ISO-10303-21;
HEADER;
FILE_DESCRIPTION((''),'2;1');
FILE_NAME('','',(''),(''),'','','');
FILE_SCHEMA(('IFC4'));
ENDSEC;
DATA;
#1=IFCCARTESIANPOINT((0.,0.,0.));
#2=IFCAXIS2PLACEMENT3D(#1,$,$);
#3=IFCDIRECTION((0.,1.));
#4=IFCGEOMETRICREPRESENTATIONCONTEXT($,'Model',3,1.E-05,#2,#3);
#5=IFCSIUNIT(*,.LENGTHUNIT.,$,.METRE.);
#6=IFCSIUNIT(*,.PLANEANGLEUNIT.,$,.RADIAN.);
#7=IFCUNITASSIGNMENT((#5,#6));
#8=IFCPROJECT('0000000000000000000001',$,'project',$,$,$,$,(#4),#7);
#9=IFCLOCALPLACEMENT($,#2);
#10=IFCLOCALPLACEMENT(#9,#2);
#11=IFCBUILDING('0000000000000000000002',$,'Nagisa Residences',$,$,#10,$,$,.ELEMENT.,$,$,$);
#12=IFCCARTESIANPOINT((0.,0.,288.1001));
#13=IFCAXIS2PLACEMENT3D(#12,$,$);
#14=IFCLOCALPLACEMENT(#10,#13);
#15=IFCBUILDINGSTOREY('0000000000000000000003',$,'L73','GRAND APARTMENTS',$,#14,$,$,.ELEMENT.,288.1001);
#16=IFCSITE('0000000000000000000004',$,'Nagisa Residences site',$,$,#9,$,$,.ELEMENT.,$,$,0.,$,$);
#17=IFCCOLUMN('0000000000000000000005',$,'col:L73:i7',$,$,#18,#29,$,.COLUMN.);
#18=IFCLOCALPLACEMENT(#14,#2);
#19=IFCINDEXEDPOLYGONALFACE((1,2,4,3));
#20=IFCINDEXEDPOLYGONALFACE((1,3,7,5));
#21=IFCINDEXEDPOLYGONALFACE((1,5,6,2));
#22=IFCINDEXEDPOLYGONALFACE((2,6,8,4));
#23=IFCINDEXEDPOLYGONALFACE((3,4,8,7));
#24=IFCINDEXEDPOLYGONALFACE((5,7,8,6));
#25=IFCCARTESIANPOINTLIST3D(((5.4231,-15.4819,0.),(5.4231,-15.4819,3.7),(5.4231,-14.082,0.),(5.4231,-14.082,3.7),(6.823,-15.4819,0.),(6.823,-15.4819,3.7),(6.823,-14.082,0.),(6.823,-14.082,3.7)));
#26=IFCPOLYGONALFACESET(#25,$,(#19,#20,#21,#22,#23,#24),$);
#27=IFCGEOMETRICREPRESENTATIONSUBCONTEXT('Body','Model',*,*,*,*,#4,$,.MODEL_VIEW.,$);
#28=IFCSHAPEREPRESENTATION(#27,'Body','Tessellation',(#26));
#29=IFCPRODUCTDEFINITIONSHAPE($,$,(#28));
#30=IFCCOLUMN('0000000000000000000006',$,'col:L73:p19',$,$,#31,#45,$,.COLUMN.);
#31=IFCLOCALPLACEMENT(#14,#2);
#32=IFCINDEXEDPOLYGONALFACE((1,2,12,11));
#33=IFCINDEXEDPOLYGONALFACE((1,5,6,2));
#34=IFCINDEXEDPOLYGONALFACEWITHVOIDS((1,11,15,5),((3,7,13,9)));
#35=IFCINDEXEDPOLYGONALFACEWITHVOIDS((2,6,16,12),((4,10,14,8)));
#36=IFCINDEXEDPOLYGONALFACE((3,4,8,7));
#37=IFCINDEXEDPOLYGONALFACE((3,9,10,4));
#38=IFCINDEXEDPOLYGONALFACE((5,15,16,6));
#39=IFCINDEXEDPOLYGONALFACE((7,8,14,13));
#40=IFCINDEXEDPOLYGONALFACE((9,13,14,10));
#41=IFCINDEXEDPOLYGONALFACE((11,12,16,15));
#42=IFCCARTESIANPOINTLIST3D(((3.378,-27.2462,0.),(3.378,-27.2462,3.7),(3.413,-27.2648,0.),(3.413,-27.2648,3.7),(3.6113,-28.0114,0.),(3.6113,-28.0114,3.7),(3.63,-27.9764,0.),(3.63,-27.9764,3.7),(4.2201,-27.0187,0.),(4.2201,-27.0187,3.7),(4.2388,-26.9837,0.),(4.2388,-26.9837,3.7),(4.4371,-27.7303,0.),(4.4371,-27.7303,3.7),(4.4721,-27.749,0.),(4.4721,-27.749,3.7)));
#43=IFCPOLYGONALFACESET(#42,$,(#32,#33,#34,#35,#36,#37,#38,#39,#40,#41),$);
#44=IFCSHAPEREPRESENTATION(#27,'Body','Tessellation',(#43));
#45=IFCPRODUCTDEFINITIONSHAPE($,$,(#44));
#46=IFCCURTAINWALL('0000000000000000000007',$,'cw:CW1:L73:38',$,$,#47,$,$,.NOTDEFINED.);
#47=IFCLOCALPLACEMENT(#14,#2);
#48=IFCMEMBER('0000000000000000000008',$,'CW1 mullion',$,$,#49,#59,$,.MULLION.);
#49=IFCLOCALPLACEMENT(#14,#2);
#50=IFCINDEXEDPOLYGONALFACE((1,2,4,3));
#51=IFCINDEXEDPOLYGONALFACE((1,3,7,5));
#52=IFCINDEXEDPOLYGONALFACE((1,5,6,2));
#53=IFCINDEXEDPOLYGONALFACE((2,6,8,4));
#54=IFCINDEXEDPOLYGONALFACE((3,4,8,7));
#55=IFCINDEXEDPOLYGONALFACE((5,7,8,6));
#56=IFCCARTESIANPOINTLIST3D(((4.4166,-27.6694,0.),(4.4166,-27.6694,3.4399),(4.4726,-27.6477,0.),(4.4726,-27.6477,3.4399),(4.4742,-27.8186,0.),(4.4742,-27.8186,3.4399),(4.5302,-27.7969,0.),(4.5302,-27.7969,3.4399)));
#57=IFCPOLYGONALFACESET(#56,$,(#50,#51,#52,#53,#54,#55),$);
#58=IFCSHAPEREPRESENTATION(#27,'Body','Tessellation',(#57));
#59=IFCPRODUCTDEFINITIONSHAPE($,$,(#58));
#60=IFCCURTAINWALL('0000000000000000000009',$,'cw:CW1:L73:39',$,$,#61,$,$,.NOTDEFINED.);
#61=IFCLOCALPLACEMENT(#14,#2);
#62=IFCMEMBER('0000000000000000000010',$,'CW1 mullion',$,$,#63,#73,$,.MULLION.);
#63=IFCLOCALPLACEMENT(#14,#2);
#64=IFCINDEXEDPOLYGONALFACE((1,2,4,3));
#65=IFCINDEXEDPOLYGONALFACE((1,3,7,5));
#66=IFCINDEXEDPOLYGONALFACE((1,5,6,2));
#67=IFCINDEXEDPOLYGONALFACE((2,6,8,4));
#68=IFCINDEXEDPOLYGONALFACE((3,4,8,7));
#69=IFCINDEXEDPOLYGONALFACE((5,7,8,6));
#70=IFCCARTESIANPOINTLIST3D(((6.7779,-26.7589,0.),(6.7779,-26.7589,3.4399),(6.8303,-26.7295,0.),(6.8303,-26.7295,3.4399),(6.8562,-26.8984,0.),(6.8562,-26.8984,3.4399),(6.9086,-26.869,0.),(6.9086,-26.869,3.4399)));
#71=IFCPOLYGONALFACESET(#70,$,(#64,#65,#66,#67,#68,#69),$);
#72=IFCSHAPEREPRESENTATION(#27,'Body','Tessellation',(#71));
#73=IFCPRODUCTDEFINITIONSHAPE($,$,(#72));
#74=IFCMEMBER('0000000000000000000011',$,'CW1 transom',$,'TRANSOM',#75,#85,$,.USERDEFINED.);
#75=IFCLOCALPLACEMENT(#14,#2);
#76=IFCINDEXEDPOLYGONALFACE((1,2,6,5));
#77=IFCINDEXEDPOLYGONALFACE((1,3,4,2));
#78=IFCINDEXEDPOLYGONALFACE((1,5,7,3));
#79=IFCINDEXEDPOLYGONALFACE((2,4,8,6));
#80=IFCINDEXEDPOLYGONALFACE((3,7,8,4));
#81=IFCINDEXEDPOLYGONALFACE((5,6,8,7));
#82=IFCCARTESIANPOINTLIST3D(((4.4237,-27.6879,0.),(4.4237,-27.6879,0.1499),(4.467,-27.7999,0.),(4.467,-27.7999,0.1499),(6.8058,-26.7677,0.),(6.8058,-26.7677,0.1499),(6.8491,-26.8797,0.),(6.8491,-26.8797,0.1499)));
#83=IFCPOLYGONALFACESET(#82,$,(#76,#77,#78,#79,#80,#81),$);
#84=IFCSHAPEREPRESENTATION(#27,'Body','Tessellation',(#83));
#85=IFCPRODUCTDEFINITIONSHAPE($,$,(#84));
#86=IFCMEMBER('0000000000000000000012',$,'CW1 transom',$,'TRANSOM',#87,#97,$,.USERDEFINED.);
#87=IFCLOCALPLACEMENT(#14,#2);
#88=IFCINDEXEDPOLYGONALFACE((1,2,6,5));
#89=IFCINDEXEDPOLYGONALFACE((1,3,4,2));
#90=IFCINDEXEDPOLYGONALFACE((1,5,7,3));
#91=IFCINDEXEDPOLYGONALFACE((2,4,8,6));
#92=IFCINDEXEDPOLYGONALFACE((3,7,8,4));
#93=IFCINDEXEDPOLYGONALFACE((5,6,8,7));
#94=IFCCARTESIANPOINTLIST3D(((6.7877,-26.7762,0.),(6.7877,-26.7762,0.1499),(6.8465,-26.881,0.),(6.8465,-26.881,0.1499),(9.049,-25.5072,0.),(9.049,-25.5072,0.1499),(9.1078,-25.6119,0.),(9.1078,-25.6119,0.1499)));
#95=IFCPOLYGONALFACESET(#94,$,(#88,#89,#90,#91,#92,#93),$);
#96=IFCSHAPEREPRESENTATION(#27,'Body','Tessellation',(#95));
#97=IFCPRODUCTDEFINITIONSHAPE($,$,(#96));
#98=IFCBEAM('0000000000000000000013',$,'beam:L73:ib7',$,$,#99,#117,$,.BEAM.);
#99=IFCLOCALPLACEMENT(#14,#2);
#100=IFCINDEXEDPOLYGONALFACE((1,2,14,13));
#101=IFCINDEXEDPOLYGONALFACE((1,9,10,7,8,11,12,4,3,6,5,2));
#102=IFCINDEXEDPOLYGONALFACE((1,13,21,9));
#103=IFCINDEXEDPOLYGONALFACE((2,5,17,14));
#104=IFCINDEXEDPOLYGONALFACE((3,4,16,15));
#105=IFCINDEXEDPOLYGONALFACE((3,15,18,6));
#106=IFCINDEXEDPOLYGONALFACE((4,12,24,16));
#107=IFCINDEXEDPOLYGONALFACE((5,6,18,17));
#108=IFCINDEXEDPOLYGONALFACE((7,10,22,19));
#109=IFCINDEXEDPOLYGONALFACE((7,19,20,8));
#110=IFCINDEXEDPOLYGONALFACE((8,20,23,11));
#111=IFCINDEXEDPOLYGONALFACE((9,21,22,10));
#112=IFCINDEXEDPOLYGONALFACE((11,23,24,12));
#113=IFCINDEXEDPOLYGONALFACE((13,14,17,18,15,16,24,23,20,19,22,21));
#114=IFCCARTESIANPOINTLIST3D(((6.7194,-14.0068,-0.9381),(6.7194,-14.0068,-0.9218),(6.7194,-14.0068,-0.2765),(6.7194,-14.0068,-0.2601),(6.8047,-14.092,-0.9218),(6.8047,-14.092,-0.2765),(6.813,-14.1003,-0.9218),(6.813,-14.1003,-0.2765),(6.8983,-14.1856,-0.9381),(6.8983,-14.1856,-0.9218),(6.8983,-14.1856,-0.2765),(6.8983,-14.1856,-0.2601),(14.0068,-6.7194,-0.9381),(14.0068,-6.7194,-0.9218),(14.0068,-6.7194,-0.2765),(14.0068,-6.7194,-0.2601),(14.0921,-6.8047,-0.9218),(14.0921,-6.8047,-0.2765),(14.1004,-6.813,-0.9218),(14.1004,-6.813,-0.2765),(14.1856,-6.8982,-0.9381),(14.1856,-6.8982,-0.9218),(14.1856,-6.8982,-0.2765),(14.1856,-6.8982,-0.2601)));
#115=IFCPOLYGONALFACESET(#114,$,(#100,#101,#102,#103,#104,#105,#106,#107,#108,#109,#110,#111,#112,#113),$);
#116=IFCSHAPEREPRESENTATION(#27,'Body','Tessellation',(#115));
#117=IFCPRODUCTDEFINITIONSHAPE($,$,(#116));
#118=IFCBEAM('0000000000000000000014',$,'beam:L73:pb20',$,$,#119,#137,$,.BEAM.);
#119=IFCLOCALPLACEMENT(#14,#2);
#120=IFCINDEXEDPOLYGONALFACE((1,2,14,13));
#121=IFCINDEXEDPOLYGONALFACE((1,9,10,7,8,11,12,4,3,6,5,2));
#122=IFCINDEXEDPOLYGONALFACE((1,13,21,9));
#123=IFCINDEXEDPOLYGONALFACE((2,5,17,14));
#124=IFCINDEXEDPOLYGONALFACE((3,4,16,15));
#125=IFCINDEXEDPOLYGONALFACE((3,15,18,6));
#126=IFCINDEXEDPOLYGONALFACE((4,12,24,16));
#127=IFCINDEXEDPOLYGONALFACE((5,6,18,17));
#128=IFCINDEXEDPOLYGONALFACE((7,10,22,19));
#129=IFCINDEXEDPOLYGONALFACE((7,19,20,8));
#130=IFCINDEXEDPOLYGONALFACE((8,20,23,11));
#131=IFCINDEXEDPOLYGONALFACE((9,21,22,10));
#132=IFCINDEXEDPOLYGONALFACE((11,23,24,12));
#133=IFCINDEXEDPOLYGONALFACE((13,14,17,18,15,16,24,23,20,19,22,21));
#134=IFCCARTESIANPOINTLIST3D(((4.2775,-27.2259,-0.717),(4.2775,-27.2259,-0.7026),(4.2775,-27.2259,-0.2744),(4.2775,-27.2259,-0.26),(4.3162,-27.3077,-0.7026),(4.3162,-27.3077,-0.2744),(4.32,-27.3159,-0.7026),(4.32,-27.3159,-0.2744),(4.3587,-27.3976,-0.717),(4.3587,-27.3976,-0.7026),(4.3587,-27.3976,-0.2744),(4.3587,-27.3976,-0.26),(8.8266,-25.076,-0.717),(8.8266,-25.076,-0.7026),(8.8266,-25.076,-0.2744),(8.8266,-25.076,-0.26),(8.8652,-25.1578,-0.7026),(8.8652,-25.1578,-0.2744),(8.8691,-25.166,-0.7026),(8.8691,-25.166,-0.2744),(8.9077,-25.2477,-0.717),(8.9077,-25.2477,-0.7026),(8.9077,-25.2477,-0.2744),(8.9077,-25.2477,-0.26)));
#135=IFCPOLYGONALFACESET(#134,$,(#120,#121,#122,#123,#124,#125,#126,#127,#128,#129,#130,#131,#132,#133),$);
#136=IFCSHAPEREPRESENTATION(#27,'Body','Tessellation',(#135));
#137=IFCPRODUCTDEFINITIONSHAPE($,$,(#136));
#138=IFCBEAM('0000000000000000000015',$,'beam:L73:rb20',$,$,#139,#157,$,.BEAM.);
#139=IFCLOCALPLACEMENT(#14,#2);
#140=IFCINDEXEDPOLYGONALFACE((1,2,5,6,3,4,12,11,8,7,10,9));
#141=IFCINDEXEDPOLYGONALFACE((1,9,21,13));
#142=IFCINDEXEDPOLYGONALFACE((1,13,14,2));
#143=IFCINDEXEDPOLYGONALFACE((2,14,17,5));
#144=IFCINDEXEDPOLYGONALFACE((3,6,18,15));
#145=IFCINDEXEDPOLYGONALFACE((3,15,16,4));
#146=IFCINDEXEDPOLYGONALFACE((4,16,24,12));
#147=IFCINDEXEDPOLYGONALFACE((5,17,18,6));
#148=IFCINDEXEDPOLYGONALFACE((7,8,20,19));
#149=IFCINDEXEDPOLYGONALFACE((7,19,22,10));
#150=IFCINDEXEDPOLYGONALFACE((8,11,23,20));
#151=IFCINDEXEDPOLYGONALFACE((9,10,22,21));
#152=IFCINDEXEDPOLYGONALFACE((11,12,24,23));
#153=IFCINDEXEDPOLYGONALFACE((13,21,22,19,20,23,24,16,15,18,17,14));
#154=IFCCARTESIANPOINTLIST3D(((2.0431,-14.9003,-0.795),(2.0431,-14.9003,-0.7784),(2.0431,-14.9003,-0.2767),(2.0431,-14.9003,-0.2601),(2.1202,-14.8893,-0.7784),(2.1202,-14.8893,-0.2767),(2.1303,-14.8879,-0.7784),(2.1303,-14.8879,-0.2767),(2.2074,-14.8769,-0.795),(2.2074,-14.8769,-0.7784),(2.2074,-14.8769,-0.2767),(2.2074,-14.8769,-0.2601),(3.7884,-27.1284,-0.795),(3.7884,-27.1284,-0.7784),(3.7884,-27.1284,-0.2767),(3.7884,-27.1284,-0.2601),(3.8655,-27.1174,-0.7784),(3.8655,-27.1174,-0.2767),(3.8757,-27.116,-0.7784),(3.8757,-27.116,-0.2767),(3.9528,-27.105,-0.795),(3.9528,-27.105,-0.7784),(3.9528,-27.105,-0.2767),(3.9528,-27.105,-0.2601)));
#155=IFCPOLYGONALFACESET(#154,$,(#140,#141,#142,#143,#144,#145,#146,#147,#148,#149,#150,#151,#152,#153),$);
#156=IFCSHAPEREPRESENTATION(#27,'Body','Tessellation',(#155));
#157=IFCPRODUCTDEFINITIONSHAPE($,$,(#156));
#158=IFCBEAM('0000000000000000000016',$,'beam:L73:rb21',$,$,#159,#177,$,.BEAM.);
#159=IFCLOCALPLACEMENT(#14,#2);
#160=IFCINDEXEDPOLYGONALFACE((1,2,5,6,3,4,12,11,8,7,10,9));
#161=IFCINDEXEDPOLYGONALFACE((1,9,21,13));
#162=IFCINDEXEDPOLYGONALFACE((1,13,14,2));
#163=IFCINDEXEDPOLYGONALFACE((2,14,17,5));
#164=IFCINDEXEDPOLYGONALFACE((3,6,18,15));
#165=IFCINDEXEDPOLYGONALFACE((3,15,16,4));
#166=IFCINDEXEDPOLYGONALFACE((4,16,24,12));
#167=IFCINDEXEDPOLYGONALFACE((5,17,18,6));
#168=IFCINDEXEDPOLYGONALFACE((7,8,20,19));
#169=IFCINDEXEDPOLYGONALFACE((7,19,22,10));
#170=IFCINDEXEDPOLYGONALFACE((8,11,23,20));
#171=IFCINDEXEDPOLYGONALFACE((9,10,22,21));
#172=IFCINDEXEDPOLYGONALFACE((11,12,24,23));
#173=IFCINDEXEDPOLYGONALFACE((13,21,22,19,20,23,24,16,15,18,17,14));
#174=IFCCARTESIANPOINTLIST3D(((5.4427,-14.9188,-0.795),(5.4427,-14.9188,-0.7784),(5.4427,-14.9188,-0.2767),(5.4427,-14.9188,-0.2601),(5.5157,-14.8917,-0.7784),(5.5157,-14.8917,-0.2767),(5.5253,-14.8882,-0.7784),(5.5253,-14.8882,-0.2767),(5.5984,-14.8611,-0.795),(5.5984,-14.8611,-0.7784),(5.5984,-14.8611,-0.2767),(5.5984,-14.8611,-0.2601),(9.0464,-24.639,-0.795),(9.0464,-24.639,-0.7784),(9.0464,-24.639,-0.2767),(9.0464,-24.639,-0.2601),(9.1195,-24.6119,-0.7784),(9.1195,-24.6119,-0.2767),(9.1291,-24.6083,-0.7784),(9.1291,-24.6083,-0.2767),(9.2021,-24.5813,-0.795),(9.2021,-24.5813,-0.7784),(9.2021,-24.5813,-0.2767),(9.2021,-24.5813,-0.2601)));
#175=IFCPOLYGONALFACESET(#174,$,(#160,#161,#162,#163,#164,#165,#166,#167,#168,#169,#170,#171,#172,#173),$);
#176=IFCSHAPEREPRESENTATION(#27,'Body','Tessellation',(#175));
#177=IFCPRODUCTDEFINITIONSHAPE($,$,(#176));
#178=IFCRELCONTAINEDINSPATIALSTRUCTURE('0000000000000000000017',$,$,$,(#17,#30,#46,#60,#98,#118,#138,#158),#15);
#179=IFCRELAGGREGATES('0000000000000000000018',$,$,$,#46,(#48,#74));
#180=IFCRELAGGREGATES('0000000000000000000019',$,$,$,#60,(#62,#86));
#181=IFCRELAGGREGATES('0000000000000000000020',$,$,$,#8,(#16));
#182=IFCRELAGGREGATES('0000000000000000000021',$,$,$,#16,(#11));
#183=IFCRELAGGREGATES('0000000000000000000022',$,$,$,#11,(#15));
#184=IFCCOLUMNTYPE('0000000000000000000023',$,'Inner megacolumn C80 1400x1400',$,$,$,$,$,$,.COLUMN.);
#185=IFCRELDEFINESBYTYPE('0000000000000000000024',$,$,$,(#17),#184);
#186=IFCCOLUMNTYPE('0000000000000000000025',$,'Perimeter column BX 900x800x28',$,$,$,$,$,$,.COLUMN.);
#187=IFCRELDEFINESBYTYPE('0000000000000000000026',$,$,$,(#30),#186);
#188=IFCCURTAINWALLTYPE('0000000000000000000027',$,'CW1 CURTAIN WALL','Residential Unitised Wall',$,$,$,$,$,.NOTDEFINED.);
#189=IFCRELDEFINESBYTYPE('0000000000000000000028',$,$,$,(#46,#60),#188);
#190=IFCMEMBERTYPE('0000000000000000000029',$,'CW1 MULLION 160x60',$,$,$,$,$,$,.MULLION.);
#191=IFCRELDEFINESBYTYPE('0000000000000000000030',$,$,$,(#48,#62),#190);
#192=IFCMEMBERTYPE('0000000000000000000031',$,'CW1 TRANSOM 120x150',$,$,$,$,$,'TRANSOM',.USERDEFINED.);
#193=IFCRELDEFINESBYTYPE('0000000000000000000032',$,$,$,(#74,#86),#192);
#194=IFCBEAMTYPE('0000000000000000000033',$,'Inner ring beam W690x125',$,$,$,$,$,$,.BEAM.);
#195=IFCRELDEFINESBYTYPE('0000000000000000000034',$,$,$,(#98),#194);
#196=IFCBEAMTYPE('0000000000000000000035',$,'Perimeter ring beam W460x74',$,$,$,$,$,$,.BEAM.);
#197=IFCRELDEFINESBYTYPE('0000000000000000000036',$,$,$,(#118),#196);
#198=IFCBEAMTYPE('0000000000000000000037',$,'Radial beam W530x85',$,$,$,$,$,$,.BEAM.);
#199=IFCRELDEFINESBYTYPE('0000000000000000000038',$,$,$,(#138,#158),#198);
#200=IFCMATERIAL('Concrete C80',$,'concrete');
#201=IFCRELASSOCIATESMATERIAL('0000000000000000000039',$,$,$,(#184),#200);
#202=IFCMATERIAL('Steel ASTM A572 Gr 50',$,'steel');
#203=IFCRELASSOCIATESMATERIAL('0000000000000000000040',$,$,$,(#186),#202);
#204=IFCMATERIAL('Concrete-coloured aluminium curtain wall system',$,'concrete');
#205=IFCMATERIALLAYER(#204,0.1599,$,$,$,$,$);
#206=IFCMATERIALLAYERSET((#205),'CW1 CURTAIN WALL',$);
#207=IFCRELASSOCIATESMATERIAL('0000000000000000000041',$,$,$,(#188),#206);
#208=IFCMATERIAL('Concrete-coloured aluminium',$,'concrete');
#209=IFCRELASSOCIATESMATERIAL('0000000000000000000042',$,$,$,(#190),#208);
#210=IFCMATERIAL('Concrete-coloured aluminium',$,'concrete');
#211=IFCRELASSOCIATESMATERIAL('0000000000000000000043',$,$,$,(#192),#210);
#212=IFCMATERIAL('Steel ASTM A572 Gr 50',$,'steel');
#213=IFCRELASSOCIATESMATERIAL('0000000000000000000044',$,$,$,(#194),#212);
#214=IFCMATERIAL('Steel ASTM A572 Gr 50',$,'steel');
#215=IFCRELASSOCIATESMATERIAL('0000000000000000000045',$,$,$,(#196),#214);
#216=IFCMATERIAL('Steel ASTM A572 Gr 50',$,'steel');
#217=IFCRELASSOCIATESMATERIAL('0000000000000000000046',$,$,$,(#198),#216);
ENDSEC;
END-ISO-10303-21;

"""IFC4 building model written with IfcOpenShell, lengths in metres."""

from ifc_helpers import new_model, si_unit, direction, frame, origin, origin_2d, place, context, subcontext, project, spatial, rectangle, hollow_rectangle, i_section, extrude, material, layer, layer_set, material_profile, profile_set, type_object, element, aggregate, save


model = new_model("IFC4")

# Units and contexts
model_context = context("Model", 3, precision=1e-05, world=origin(), true_north=direction((0.0, 1.0)))
body_context = subcontext(model_context, "Body", "Model", "MODEL_VIEW")
ifc_project = project(units=[si_unit("LENGTHUNIT", "METRE"), si_unit("PLANEANGLEUNIT", "RADIAN")], contexts=[model_context])

# Site, building, storey
site_placement = place(None, origin())
site = spatial("IfcSite", under=ifc_project, at=site_placement, Name="Nagisa Residences site", CompositionType="ELEMENT", RefElevation=0.0)
building_placement = place(site_placement, origin())
building = spatial("IfcBuilding", under=site, at=building_placement, Name="Nagisa Residences", CompositionType="ELEMENT")
storey_placement = place(building_placement, frame((0.0, 0.0, 288.1001)))
storey = spatial("IfcBuildingStorey", under=building, at=storey_placement, Name="L73", Description="GRAND APARTMENTS", CompositionType="ELEMENT", Elevation=288.1001)

# Columns
ifc_material_1 = material(Name="Concrete C80", Category="concrete")
ifc_material_profile_1 = material_profile(ifc_material_1, rectangle(XDim=1.3999, YDim=1.3999, at=origin_2d()), Name="C80 1400x1400")
ifc_profile_set_1 = profile_set([ifc_material_profile_1], Name="Concrete C80")
column_type_1 = type_object("IfcColumnType", Name="Inner megacolumn C80 1400x1400", PredefinedType="COLUMN", material=ifc_profile_set_1)
column_1_placement = place(storey_placement, frame((6.123, -14.782, 0.0), z_axis=(0.0, 0.0, 1.0), x_axis=(1.0, 0.0, 0.0)))
element("IfcColumn", 1, at=column_1_placement, inside=storey, type_object=column_type_1, Name="col:L73:i7", PredefinedType="COLUMN", context=body_context, shape_type="SweptSolid", body=[
    extrude(rectangle(XDim=1.3999, YDim=1.3999, at=origin_2d()), origin(), (0.0, 0.0, 1.0), 3.7),
])
ifc_material_2 = material(Name="Steel ASTM A572 Gr 50", Category="steel")
ifc_material_profile_2 = material_profile(ifc_material_2, hollow_rectangle(XDim=0.8999, YDim=0.8, WallThickness=0.0281, at=origin_2d()), Name="BX 900x800x28")
ifc_profile_set_2 = profile_set([ifc_material_profile_2], Name="Steel ASTM A572 Gr 50")
column_type_2 = type_object("IfcColumnType", Name="Perimeter column BX 900x800x28", PredefinedType="COLUMN", material=ifc_profile_set_2)
column_2_placement = place(storey_placement, frame((3.925, -27.4976, 0.0), z_axis=(0.0, 0.0, 1.0), x_axis=(0.956525, 0.291652, 0.0)))
element("IfcColumn", 2, at=column_2_placement, inside=storey, type_object=column_type_2, Name="col:L73:p19", PredefinedType="COLUMN", context=body_context, shape_type="SweptSolid", body=[
    extrude(hollow_rectangle(XDim=0.8999, YDim=0.8, WallThickness=0.0281, at=origin_2d()), origin(), (0.0, 0.0, 1.0), 3.7),
])

# Curtain walls, members
ifc_material_3 = material(Name="Concrete-coloured aluminium curtain wall system", Category="concrete")
ifc_layer_1 = layer(ifc_material_3, 0.1599)
ifc_layer_set_1 = layer_set([ifc_layer_1], Name="CW1 CURTAIN WALL")
curtain_wall_type = type_object("IfcCurtainWallType", Name="CW1 CURTAIN WALL", Description="Residential Unitised Wall", PredefinedType="NOTDEFINED", material=ifc_layer_set_1)
curtain_wall_1_placement = place(storey_placement, origin())
curtain_wall_1 = element("IfcCurtainWall", 3, at=curtain_wall_1_placement, inside=storey, type_object=curtain_wall_type, Name="cw:CW1:L73:38", PredefinedType="NOTDEFINED")
ifc_material_4 = material(Name="Concrete-coloured aluminium", Category="concrete")
ifc_material_profile_3 = material_profile(ifc_material_4, rectangle(XDim=0.1599, YDim=0.0601, at=origin_2d()), Name="CW1 MULLION 160x60")
ifc_profile_set_3 = profile_set([ifc_material_profile_3], Name="Concrete-coloured aluminium")
member_type_1 = type_object("IfcMemberType", Name="CW1 MULLION 160x60", PredefinedType="MULLION", material=ifc_profile_set_3)
member_1_placement = place(storey_placement, frame((4.4734, -27.7332, 0.0), z_axis=(0.0, 0.0, 1.0), x_axis=(-0.360328, 0.932826, 0.0)))
member_1 = element("IfcMember", 4, at=member_1_placement, type_object=member_type_1, Name="CW1 mullion", PredefinedType="MULLION", context=body_context, shape_type="SweptSolid", body=[
    extrude(rectangle(XDim=0.1599, YDim=0.0601, at=origin_2d()), origin(), (0.0, 0.0, 1.0), 3.4399),
])
curtain_wall_2_placement = place(storey_placement, origin())
curtain_wall_2 = element("IfcCurtainWall", 5, at=curtain_wall_2_placement, inside=storey, type_object=curtain_wall_type, Name="cw:CW1:L73:39", PredefinedType="NOTDEFINED")
member_2_placement = place(storey_placement, frame((6.8433, -26.814, 0.0), z_axis=(0.0, 0.0, 1.0), x_axis=(-0.489377, 0.872072, 0.0)))
member_2 = element("IfcMember", 6, at=member_2_placement, type_object=member_type_1, Name="CW1 mullion", PredefinedType="MULLION", context=body_context, shape_type="SweptSolid", body=[
    extrude(rectangle(XDim=0.1599, YDim=0.0601, at=origin_2d()), origin(), (0.0, 0.0, 1.0), 3.4399),
])

# Members
ifc_material_5 = material(Name="Concrete-coloured aluminium", Category="concrete")
ifc_material_profile_4 = material_profile(ifc_material_5, rectangle(XDim=0.1201, YDim=0.1499, at=origin_2d()), Name="CW1 TRANSOM 120x150")
ifc_profile_set_4 = profile_set([ifc_material_profile_4], Name="Concrete-coloured aluminium")
member_type_2 = type_object("IfcMemberType", Name="CW1 TRANSOM 120x150", ElementType="TRANSOM", PredefinedType="USERDEFINED", material=ifc_profile_set_4)
member_3_placement = place(storey_placement, frame((4.4453, -27.7439, 0.075), z_axis=(0.932822, 0.360337, 0.0), x_axis=(-0.360337, 0.932822, 0.0)))
member_3 = element("IfcMember", 7, at=member_3_placement, type_object=member_type_2, Name="CW1 transom", ObjectType="TRANSOM", PredefinedType="USERDEFINED", context=body_context, shape_type="SweptSolid", body=[
    extrude(rectangle(XDim=0.1201, YDim=0.1499, at=origin_2d()), origin(), (0.0, 0.0, 1.0), 2.5537),
])
member_4_placement = place(storey_placement, frame((6.8171, -26.8286, 0.075), z_axis=(0.872053, 0.489412, 0.0), x_axis=(-0.489412, 0.872053, 0.0)))
member_4 = element("IfcMember", 8, at=member_4_placement, type_object=member_type_2, Name="CW1 transom", ObjectType="TRANSOM", PredefinedType="USERDEFINED", context=body_context, shape_type="SweptSolid", body=[
    extrude(rectangle(XDim=0.1201, YDim=0.1499, at=origin_2d()), origin(), (0.0, 0.0, 1.0), 2.593),
])

# Beams
ifc_material_6 = material(Name="Steel ASTM A572 Gr 50", Category="steel")
ifc_material_profile_5 = material_profile(ifc_material_6, i_section(OverallWidth=0.2529, OverallDepth=0.678, WebThickness=0.0117, FlangeThickness=0.0164, at=origin_2d()), Name="W690x125")
ifc_profile_set_5 = profile_set([ifc_material_profile_5], Name="Steel ASTM A572 Gr 50")
beam_type_1 = type_object("IfcBeamType", Name="Inner ring beam W690x125", PredefinedType="BEAM", material=ifc_profile_set_5)
beam_1_placement = place(storey_placement, frame((6.8088, -14.0962, -0.5991), z_axis=(0.707107, 0.707107, 0.0), x_axis=(-0.707107, 0.707107, 0.0)))
element("IfcBeam", 9, at=beam_1_placement, inside=storey, type_object=beam_type_1, Name="beam:L73:ib7", PredefinedType="BEAM", context=body_context, shape_type="SweptSolid", body=[
    extrude(i_section(OverallWidth=0.2529, OverallDepth=0.678, WebThickness=0.0117, FlangeThickness=0.0164, at=origin_2d()), origin(), (0.0, 0.0, 1.0), 10.3059),
])
ifc_material_7 = material(Name="Steel ASTM A572 Gr 50", Category="steel")
ifc_material_profile_6 = material_profile(ifc_material_7, i_section(OverallWidth=0.1899, OverallDepth=0.457, WebThickness=0.009, FlangeThickness=0.0144, at=origin_2d()), Name="W460x74")
ifc_profile_set_6 = profile_set([ifc_material_profile_6], Name="Steel ASTM A572 Gr 50")
beam_type_2 = type_object("IfcBeamType", Name="Perimeter ring beam W460x74", PredefinedType="BEAM", material=ifc_profile_set_6)
beam_2_placement = place(storey_placement, frame((4.3181, -27.3118, -0.4885), z_axis=(0.904116, 0.427287, 0.0), x_axis=(-0.427287, 0.904116, 0.0)))
element("IfcBeam", 10, at=beam_2_placement, inside=storey, type_object=beam_type_2, Name="beam:L73:pb20", PredefinedType="BEAM", context=body_context, shape_type="SweptSolid", body=[
    extrude(i_section(OverallWidth=0.1899, OverallDepth=0.457, WebThickness=0.009, FlangeThickness=0.0144, at=origin_2d()), origin(), (0.0, 0.0, 1.0), 5.0315),
])
ifc_material_8 = material(Name="Steel ASTM A572 Gr 50", Category="steel")
ifc_material_profile_7 = material_profile(ifc_material_8, i_section(OverallWidth=0.166, OverallDepth=0.5349, WebThickness=0.0103, FlangeThickness=0.0166, at=origin_2d()), Name="W530x85")
ifc_profile_set_7 = profile_set([ifc_material_profile_7], Name="Steel ASTM A572 Gr 50")
beam_type_3 = type_object("IfcBeamType", Name="Radial beam W530x85", PredefinedType="BEAM", material=ifc_profile_set_7)
beam_3_placement = place(storey_placement, frame((3.8706, -27.1167, -0.5276), z_axis=(-0.141302, 0.989966, 0.0), x_axis=(-0.989966, -0.141302, 0.0)))
element("IfcBeam", 11, at=beam_3_placement, inside=storey, type_object=beam_type_3, Name="beam:L73:rb20", PredefinedType="BEAM", context=body_context, shape_type="SweptSolid", body=[
    extrude(i_section(OverallWidth=0.166, OverallDepth=0.5349, WebThickness=0.0103, FlangeThickness=0.0166, at=origin_2d()), origin(), (0.0, 0.0, 1.0), 12.3521),
])
beam_4_placement = place(storey_placement, frame((9.1243, -24.6101, -0.5276), z_axis=(-0.347627, 0.937633, 0.0), x_axis=(-0.937633, -0.347627, 0.0)))
element("IfcBeam", 12, at=beam_4_placement, inside=storey, type_object=beam_type_3, Name="beam:L73:rb21", PredefinedType="BEAM", context=body_context, shape_type="SweptSolid", body=[
    extrude(i_section(OverallWidth=0.166, OverallDepth=0.5349, WebThickness=0.0103, FlangeThickness=0.0166, at=origin_2d()), origin(), (0.0, 0.0, 1.0), 10.3667),
])

aggregate(curtain_wall_1, [member_1, member_3])
aggregate(curtain_wall_2, [member_2, member_4])

save(model, "model.ifc")
